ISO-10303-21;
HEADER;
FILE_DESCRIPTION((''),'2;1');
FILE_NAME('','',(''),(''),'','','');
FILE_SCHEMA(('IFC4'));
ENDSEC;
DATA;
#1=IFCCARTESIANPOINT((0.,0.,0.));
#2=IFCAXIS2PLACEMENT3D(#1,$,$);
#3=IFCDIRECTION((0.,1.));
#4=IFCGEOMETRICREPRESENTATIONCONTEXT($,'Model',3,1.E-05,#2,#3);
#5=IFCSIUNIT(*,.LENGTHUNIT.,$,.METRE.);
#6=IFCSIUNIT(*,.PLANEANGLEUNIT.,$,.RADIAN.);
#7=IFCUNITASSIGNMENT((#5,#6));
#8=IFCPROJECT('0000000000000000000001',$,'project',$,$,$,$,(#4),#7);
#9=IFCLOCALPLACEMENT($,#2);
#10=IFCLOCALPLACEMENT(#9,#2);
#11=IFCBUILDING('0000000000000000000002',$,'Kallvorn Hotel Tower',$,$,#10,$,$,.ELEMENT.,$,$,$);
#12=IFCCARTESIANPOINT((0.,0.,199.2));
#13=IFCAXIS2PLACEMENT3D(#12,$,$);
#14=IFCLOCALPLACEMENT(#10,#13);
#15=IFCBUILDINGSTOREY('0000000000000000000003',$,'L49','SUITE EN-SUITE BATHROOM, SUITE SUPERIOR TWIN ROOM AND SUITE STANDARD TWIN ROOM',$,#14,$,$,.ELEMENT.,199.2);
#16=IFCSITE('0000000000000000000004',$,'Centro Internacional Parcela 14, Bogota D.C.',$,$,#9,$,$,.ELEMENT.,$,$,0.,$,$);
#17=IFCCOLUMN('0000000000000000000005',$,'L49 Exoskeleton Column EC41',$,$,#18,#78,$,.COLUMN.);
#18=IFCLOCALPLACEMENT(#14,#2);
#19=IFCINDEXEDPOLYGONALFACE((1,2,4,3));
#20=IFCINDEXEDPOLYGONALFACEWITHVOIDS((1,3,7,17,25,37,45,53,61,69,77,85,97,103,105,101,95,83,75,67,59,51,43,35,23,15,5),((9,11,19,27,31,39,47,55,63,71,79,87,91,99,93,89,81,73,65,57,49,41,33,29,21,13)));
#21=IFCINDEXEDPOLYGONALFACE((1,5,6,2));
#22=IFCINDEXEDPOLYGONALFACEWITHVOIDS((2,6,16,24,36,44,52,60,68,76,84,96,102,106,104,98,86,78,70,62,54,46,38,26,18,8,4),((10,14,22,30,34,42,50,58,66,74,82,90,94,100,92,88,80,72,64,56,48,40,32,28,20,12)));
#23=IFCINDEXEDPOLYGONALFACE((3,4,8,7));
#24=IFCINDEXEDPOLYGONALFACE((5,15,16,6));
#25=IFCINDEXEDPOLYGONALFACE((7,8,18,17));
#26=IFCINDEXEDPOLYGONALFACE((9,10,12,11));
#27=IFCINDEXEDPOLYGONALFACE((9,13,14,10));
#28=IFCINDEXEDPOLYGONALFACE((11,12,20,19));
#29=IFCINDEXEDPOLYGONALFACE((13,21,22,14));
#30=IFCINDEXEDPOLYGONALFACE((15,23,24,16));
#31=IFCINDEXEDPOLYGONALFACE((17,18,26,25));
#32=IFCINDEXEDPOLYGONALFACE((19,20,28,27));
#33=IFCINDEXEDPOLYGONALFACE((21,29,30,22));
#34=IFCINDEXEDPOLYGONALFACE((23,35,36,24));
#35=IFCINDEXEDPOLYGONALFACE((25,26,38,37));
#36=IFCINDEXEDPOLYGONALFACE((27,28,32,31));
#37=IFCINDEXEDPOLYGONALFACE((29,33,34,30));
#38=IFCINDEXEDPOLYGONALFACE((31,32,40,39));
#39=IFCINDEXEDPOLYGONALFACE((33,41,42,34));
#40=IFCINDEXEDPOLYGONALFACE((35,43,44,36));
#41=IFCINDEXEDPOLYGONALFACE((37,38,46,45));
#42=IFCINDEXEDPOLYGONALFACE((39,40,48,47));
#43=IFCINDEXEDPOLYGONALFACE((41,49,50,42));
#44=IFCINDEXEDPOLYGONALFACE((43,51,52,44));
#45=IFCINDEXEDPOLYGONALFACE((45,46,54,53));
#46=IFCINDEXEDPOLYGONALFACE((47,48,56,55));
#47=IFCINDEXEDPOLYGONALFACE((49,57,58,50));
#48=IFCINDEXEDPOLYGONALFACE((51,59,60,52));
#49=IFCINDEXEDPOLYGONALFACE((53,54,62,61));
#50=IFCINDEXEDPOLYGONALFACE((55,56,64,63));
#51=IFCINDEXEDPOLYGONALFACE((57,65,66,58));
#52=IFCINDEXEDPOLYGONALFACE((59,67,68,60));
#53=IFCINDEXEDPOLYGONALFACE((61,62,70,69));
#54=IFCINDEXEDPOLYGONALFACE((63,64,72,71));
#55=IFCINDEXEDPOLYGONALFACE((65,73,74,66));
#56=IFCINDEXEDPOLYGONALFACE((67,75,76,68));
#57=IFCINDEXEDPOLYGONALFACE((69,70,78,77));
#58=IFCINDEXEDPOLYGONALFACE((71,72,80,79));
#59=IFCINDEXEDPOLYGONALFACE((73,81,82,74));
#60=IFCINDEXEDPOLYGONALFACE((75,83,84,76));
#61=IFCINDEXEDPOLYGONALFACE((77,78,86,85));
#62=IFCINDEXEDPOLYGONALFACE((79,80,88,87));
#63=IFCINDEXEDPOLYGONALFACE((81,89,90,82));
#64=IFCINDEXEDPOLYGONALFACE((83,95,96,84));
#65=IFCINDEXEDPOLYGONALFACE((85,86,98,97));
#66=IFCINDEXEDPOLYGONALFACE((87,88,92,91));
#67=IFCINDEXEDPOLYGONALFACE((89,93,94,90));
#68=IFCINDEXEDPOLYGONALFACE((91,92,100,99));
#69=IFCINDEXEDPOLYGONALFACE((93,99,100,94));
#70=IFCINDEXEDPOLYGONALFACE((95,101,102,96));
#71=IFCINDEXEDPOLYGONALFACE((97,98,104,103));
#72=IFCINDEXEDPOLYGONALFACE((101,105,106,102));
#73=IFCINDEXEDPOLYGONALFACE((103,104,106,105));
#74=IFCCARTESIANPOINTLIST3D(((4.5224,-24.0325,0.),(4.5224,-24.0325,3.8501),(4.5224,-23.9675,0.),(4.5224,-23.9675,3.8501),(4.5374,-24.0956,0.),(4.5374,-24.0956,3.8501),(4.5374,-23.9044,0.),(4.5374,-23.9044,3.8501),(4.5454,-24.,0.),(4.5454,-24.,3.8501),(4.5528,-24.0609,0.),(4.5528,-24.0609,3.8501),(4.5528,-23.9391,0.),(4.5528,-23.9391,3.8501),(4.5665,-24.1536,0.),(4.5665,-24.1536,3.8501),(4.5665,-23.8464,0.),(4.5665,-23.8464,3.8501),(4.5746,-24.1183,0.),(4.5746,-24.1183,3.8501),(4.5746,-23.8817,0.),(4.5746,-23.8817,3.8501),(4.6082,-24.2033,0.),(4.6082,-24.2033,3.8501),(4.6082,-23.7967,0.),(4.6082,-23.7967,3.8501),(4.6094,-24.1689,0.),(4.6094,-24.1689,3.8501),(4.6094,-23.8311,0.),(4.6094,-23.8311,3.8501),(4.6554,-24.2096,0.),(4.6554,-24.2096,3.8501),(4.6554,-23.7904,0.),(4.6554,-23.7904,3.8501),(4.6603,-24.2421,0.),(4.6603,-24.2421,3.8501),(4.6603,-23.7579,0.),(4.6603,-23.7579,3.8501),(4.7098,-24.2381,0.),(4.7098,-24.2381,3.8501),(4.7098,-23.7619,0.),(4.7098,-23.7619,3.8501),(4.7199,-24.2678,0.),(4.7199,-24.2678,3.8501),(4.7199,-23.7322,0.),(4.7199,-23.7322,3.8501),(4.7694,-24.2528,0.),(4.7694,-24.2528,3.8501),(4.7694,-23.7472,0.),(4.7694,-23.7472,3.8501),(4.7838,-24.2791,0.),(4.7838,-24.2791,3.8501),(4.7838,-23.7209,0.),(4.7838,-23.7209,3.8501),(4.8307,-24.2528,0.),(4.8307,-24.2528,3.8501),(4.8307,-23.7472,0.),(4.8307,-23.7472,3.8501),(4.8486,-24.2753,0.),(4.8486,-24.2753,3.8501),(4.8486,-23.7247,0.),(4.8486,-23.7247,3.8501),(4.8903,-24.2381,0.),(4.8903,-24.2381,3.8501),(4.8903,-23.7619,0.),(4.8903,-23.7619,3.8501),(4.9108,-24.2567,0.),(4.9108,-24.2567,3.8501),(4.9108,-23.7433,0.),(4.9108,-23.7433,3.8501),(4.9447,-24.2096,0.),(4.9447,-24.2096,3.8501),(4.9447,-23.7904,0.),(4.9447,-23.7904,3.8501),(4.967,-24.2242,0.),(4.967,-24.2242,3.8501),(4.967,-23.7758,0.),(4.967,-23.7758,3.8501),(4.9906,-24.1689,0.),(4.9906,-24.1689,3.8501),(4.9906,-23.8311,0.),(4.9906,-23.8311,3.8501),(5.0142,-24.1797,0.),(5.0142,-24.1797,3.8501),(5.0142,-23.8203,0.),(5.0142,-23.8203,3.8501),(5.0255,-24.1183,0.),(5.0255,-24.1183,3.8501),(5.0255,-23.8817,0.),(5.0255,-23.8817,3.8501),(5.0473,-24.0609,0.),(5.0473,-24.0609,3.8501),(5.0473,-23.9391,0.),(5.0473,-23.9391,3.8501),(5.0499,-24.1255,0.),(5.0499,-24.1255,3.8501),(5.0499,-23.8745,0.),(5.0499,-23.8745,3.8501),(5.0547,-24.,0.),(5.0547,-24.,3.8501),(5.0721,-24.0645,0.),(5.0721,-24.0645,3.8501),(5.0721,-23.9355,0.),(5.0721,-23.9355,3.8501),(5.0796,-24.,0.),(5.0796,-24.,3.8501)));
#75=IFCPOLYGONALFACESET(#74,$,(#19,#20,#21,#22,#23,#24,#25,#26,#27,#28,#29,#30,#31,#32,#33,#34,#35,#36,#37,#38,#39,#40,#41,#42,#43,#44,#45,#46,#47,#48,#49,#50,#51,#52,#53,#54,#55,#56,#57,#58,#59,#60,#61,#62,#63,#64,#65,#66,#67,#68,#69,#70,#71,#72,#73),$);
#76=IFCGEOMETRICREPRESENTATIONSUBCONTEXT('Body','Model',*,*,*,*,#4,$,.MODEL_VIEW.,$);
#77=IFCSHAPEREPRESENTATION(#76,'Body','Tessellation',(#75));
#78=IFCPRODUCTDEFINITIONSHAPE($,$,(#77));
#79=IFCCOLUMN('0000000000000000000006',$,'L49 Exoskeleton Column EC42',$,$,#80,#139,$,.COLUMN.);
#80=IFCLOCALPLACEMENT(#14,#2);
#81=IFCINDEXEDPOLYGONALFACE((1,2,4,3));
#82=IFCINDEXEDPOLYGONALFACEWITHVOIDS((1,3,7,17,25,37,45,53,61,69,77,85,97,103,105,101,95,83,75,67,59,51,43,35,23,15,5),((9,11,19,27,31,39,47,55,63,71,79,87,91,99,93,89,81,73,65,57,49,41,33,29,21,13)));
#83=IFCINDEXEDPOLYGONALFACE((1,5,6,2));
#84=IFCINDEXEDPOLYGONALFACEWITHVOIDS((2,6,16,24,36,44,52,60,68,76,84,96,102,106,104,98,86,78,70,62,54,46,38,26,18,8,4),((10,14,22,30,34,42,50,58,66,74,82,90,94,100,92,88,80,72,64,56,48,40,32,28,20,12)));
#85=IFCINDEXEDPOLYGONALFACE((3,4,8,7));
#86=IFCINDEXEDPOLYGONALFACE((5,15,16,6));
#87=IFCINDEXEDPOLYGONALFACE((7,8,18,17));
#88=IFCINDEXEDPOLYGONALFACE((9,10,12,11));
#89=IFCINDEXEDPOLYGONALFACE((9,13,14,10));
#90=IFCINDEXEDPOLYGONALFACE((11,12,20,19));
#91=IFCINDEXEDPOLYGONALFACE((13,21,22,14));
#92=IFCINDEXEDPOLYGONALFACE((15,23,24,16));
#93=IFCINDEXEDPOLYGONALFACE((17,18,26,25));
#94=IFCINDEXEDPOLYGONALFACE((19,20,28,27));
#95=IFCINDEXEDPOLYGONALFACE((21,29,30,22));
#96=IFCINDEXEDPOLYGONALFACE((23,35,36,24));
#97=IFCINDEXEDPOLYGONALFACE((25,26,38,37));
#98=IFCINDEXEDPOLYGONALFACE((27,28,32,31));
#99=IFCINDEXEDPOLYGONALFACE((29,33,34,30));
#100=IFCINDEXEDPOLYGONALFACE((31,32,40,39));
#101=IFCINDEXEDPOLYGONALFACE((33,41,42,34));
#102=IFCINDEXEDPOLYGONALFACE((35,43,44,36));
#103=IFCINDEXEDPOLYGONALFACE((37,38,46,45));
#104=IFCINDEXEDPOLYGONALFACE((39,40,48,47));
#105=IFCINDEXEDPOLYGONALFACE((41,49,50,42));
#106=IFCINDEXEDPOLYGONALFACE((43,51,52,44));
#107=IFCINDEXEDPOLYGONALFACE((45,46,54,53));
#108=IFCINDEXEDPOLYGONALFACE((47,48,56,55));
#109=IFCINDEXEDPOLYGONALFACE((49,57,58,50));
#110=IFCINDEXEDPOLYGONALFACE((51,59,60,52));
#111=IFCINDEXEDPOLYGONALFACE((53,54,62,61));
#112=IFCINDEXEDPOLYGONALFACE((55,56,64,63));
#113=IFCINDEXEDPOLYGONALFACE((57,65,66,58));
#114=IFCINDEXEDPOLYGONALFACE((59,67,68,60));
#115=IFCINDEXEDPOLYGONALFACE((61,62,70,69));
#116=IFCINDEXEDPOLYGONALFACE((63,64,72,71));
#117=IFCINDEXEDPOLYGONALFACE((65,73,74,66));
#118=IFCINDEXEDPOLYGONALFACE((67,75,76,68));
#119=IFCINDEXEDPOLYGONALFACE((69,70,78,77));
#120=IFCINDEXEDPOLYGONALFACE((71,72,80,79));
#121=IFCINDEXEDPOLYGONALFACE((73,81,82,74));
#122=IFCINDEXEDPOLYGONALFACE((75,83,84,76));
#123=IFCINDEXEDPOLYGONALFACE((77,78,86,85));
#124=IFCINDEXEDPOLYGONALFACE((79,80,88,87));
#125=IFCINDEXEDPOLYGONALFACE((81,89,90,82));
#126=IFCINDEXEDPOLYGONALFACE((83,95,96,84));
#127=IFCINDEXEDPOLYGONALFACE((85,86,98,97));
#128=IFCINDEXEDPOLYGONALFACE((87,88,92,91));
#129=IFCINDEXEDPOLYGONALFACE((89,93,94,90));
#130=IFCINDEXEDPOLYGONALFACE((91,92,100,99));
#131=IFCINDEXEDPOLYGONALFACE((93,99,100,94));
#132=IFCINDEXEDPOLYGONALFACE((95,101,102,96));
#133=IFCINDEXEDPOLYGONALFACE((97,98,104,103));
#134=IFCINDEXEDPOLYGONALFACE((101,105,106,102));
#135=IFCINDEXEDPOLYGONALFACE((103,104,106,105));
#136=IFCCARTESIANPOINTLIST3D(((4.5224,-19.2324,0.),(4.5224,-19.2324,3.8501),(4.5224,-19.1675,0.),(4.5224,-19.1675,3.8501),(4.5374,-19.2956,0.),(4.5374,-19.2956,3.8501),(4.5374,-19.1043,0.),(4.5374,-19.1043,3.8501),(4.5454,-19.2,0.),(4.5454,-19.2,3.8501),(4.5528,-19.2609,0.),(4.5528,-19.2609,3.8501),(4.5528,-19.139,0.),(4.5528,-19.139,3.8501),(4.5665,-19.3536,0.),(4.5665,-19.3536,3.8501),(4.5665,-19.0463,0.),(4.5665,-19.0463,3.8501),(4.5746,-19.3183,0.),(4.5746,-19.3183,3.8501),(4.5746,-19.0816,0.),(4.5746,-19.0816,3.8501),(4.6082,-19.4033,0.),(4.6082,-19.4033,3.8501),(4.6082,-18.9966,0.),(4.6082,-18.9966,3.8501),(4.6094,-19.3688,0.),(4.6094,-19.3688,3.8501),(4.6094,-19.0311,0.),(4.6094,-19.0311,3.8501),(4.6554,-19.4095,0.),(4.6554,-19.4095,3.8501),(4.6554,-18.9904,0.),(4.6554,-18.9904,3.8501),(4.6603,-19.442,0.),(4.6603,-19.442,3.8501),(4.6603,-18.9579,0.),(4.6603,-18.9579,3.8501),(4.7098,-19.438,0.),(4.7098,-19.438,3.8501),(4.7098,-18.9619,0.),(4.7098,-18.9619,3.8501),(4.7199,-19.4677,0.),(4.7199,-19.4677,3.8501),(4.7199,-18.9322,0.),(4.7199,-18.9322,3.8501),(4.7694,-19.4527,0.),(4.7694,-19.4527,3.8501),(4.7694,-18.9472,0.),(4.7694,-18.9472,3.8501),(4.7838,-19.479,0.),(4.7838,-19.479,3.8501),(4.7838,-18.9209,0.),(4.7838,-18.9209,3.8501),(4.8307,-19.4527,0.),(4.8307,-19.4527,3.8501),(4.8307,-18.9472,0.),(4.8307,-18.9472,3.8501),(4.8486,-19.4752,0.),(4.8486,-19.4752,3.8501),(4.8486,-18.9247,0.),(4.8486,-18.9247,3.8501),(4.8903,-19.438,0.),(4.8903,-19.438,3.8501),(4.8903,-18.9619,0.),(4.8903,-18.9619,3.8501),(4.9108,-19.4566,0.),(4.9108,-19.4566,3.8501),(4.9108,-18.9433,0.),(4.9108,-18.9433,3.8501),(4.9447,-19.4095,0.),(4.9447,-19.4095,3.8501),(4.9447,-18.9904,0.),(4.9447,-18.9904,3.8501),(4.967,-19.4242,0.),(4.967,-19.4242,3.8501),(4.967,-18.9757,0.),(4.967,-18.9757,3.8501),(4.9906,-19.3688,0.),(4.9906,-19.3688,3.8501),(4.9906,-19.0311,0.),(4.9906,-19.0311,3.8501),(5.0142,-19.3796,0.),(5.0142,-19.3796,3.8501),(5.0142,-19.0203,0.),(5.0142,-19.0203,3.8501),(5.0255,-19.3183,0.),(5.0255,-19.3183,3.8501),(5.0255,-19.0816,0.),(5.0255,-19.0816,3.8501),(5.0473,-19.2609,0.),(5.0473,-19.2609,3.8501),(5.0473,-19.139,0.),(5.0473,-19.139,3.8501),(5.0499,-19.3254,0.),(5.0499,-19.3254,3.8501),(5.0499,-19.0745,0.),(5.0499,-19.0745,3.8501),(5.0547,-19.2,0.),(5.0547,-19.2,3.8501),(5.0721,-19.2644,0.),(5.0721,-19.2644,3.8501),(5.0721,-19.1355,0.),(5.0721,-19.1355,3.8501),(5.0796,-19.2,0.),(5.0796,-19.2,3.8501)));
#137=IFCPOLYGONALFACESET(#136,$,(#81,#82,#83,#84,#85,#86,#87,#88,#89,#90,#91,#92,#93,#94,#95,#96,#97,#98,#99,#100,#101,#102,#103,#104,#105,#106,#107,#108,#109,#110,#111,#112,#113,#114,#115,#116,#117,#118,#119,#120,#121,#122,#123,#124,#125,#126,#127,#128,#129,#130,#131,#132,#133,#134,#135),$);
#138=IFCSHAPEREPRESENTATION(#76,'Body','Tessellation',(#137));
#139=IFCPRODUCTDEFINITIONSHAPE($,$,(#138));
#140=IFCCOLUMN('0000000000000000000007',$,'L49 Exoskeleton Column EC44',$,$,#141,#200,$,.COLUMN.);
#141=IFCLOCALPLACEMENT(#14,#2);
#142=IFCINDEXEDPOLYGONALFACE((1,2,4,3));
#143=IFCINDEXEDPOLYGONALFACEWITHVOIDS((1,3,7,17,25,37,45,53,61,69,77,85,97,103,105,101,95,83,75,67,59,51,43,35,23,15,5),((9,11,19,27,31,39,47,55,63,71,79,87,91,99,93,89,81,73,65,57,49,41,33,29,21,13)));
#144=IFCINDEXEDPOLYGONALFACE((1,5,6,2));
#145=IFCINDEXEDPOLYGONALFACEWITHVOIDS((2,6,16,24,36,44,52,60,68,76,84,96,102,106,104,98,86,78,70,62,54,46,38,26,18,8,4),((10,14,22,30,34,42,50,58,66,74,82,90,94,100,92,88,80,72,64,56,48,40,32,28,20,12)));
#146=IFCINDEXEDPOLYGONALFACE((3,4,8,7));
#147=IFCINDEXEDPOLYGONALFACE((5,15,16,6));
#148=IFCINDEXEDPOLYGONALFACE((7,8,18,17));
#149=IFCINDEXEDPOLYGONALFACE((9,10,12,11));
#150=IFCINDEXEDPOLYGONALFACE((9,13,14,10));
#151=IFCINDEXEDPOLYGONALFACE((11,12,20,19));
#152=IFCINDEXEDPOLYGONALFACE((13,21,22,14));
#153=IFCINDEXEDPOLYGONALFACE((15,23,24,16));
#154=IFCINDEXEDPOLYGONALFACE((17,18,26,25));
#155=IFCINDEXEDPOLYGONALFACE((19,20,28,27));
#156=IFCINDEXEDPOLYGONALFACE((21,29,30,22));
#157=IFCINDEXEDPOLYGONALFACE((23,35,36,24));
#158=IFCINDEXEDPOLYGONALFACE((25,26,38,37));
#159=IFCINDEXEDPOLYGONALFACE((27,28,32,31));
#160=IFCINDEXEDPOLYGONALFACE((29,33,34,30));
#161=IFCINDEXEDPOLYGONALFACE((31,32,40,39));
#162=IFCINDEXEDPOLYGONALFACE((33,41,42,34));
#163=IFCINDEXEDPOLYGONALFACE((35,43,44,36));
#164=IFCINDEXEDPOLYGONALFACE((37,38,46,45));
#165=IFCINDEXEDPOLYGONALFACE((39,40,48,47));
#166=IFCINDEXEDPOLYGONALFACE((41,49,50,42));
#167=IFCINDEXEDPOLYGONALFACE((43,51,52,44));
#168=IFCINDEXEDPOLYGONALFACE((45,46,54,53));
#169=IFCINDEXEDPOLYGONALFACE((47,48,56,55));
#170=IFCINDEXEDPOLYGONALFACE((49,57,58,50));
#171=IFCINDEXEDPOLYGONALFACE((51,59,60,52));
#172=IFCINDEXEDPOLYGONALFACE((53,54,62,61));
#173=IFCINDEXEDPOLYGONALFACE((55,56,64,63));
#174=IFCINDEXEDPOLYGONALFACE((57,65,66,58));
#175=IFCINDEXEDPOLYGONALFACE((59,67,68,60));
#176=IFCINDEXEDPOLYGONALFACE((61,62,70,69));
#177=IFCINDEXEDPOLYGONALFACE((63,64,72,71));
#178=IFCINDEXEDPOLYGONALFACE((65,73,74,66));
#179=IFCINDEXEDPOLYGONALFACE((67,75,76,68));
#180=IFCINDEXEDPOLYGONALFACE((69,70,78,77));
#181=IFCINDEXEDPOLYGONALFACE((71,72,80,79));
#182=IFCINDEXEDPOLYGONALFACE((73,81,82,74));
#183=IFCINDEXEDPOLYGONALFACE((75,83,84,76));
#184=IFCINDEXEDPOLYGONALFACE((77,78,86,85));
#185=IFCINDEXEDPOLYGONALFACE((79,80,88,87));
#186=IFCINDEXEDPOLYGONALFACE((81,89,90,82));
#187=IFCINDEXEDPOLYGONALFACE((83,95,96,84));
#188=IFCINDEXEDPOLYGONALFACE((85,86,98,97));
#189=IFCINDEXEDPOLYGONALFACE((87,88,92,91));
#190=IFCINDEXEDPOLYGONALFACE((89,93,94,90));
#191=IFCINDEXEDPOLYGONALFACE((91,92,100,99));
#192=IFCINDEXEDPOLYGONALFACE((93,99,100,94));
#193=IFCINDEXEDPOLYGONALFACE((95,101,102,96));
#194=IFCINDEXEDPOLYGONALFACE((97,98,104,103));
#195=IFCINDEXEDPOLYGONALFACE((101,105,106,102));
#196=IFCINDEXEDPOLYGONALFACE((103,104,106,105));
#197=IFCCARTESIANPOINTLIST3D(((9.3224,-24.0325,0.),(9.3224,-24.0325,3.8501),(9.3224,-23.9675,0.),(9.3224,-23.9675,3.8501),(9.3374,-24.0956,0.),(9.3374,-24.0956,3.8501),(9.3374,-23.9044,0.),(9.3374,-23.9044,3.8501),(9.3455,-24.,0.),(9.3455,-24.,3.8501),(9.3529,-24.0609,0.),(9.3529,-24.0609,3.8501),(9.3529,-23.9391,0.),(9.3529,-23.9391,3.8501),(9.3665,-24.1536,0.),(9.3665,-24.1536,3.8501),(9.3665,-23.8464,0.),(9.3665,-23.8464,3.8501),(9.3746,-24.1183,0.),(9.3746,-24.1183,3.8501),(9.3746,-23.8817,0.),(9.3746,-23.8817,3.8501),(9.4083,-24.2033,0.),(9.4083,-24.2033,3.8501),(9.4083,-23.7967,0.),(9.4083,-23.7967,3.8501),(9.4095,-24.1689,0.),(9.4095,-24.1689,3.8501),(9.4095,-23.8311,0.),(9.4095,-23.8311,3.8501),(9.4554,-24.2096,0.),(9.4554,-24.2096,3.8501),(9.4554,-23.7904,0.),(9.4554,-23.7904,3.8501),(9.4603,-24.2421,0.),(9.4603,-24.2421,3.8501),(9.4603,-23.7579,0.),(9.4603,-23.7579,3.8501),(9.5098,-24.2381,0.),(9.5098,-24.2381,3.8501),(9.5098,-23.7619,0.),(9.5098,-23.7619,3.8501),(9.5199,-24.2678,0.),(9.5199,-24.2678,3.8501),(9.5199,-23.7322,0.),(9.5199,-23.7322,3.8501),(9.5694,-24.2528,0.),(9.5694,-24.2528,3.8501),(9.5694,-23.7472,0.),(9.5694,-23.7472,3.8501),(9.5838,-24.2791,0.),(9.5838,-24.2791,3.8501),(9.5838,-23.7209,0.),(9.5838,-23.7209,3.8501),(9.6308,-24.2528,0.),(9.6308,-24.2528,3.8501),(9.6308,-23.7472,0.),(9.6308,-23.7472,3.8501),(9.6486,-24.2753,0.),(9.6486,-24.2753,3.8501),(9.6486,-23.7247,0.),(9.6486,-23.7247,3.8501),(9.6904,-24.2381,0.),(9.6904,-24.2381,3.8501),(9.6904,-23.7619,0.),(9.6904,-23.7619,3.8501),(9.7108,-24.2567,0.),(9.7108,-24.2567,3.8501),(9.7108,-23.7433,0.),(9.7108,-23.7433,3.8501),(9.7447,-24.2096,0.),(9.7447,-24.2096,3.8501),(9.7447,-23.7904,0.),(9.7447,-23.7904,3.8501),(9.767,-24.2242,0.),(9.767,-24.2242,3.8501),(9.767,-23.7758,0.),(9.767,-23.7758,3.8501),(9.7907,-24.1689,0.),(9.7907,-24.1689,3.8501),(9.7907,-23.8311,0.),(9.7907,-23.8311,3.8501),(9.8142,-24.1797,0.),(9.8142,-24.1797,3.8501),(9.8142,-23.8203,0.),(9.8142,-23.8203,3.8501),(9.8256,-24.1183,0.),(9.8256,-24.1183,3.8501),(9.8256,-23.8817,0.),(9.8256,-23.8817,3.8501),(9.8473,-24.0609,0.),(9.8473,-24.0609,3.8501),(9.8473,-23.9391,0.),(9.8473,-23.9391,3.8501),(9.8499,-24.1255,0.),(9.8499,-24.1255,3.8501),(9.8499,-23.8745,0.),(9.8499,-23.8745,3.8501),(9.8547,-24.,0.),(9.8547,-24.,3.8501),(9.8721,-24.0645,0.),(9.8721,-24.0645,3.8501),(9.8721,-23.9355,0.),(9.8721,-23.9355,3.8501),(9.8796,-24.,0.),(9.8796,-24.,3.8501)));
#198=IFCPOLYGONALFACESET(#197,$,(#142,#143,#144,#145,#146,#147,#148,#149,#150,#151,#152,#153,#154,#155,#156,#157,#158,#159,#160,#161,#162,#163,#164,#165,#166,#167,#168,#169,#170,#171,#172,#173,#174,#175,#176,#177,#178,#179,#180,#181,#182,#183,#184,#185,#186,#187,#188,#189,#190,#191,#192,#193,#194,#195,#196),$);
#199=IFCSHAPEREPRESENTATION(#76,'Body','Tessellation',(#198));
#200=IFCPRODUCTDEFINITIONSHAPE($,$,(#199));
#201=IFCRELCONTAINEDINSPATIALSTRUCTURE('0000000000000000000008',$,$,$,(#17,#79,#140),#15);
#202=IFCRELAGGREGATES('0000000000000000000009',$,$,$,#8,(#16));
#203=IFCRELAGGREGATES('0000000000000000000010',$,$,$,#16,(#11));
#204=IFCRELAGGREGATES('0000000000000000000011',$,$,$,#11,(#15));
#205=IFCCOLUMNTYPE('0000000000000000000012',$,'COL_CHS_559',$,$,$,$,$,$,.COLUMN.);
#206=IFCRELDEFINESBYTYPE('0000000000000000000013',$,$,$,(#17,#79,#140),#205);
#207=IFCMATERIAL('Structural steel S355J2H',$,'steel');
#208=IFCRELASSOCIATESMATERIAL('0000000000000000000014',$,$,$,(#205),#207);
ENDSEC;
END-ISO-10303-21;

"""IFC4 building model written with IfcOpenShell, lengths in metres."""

from ifc_helpers import new_model, si_unit, direction, frame, origin, origin_2d, place, context, subcontext, project, spatial, hollow_circle, extrude, material, material_profile, profile_set, type_object, element, save


model = new_model("IFC4")

# Units and contexts
model_context = context("Model", 3, precision=1e-05, world=origin(), true_north=direction((0.0, 1.0)))
body_context = subcontext(model_context, "Body", "Model", "MODEL_VIEW")
ifc_project = project(units=[si_unit("LENGTHUNIT", "METRE"), si_unit("PLANEANGLEUNIT", "RADIAN")], contexts=[model_context])

# Site, building, storey
site_placement = place(None, origin())
site = spatial("IfcSite", under=ifc_project, at=site_placement, Name="Centro Internacional Parcela 14, Bogota D.C.", CompositionType="ELEMENT", RefElevation=0.0)
building_placement = place(site_placement, origin())
building = spatial("IfcBuilding", under=site, at=building_placement, Name="Kallvorn Hotel Tower", CompositionType="ELEMENT")
storey_placement = place(building_placement, frame((0.0, 0.0, 199.2)))
storey = spatial("IfcBuildingStorey", under=building, at=storey_placement, Name="L49", Description="SUITE EN-SUITE BATHROOM, SUITE SUPERIOR TWIN ROOM AND SUITE STANDARD TWIN ROOM", CompositionType="ELEMENT", Elevation=199.2)

# Columns
ifc_material_1 = material(Name="Structural steel S355J2H", Category="steel")
ifc_material_profile_1 = material_profile(ifc_material_1, hollow_circle(Radius=0.2795, WallThickness=0.0249, at=origin_2d()), Name="CHS 559x25")
ifc_profile_set_1 = profile_set([ifc_material_profile_1], Name="Structural steel S355J2H")
column_type_1 = type_object("IfcColumnType", Name="COL_CHS_559", PredefinedType="COLUMN", material=ifc_profile_set_1)
for number, where, z_axis, x_axis, name in (
    (1, (4.8, -24.0, 0.0), (0.0, 0.0, 1.0), (1.0, 0.0, 0.0), "L49 Exoskeleton Column EC41"),
    (2, (4.8, -19.2, 0.0), (0.0, 0.0, 1.0), (1.0, 0.0, 0.0), "L49 Exoskeleton Column EC42"),
    (3, (9.6001, -24.0, 0.0), (0.0, 0.0, 1.0), (1.0, 0.0, 0.0), "L49 Exoskeleton Column EC44"),
):
    element("IfcColumn", number, at=place(storey_placement, frame(where, z_axis=z_axis, x_axis=x_axis)), inside=storey, type_object=column_type_1, Name=name, PredefinedType="COLUMN", context=body_context, shape_type="SweptSolid", body=[
        extrude(hollow_circle(Radius=0.2795, WallThickness=0.0249, at=origin_2d()), origin(), (0.0, 0.0, 1.0), 3.8501),
    ])

save(model, "model.ifc")
